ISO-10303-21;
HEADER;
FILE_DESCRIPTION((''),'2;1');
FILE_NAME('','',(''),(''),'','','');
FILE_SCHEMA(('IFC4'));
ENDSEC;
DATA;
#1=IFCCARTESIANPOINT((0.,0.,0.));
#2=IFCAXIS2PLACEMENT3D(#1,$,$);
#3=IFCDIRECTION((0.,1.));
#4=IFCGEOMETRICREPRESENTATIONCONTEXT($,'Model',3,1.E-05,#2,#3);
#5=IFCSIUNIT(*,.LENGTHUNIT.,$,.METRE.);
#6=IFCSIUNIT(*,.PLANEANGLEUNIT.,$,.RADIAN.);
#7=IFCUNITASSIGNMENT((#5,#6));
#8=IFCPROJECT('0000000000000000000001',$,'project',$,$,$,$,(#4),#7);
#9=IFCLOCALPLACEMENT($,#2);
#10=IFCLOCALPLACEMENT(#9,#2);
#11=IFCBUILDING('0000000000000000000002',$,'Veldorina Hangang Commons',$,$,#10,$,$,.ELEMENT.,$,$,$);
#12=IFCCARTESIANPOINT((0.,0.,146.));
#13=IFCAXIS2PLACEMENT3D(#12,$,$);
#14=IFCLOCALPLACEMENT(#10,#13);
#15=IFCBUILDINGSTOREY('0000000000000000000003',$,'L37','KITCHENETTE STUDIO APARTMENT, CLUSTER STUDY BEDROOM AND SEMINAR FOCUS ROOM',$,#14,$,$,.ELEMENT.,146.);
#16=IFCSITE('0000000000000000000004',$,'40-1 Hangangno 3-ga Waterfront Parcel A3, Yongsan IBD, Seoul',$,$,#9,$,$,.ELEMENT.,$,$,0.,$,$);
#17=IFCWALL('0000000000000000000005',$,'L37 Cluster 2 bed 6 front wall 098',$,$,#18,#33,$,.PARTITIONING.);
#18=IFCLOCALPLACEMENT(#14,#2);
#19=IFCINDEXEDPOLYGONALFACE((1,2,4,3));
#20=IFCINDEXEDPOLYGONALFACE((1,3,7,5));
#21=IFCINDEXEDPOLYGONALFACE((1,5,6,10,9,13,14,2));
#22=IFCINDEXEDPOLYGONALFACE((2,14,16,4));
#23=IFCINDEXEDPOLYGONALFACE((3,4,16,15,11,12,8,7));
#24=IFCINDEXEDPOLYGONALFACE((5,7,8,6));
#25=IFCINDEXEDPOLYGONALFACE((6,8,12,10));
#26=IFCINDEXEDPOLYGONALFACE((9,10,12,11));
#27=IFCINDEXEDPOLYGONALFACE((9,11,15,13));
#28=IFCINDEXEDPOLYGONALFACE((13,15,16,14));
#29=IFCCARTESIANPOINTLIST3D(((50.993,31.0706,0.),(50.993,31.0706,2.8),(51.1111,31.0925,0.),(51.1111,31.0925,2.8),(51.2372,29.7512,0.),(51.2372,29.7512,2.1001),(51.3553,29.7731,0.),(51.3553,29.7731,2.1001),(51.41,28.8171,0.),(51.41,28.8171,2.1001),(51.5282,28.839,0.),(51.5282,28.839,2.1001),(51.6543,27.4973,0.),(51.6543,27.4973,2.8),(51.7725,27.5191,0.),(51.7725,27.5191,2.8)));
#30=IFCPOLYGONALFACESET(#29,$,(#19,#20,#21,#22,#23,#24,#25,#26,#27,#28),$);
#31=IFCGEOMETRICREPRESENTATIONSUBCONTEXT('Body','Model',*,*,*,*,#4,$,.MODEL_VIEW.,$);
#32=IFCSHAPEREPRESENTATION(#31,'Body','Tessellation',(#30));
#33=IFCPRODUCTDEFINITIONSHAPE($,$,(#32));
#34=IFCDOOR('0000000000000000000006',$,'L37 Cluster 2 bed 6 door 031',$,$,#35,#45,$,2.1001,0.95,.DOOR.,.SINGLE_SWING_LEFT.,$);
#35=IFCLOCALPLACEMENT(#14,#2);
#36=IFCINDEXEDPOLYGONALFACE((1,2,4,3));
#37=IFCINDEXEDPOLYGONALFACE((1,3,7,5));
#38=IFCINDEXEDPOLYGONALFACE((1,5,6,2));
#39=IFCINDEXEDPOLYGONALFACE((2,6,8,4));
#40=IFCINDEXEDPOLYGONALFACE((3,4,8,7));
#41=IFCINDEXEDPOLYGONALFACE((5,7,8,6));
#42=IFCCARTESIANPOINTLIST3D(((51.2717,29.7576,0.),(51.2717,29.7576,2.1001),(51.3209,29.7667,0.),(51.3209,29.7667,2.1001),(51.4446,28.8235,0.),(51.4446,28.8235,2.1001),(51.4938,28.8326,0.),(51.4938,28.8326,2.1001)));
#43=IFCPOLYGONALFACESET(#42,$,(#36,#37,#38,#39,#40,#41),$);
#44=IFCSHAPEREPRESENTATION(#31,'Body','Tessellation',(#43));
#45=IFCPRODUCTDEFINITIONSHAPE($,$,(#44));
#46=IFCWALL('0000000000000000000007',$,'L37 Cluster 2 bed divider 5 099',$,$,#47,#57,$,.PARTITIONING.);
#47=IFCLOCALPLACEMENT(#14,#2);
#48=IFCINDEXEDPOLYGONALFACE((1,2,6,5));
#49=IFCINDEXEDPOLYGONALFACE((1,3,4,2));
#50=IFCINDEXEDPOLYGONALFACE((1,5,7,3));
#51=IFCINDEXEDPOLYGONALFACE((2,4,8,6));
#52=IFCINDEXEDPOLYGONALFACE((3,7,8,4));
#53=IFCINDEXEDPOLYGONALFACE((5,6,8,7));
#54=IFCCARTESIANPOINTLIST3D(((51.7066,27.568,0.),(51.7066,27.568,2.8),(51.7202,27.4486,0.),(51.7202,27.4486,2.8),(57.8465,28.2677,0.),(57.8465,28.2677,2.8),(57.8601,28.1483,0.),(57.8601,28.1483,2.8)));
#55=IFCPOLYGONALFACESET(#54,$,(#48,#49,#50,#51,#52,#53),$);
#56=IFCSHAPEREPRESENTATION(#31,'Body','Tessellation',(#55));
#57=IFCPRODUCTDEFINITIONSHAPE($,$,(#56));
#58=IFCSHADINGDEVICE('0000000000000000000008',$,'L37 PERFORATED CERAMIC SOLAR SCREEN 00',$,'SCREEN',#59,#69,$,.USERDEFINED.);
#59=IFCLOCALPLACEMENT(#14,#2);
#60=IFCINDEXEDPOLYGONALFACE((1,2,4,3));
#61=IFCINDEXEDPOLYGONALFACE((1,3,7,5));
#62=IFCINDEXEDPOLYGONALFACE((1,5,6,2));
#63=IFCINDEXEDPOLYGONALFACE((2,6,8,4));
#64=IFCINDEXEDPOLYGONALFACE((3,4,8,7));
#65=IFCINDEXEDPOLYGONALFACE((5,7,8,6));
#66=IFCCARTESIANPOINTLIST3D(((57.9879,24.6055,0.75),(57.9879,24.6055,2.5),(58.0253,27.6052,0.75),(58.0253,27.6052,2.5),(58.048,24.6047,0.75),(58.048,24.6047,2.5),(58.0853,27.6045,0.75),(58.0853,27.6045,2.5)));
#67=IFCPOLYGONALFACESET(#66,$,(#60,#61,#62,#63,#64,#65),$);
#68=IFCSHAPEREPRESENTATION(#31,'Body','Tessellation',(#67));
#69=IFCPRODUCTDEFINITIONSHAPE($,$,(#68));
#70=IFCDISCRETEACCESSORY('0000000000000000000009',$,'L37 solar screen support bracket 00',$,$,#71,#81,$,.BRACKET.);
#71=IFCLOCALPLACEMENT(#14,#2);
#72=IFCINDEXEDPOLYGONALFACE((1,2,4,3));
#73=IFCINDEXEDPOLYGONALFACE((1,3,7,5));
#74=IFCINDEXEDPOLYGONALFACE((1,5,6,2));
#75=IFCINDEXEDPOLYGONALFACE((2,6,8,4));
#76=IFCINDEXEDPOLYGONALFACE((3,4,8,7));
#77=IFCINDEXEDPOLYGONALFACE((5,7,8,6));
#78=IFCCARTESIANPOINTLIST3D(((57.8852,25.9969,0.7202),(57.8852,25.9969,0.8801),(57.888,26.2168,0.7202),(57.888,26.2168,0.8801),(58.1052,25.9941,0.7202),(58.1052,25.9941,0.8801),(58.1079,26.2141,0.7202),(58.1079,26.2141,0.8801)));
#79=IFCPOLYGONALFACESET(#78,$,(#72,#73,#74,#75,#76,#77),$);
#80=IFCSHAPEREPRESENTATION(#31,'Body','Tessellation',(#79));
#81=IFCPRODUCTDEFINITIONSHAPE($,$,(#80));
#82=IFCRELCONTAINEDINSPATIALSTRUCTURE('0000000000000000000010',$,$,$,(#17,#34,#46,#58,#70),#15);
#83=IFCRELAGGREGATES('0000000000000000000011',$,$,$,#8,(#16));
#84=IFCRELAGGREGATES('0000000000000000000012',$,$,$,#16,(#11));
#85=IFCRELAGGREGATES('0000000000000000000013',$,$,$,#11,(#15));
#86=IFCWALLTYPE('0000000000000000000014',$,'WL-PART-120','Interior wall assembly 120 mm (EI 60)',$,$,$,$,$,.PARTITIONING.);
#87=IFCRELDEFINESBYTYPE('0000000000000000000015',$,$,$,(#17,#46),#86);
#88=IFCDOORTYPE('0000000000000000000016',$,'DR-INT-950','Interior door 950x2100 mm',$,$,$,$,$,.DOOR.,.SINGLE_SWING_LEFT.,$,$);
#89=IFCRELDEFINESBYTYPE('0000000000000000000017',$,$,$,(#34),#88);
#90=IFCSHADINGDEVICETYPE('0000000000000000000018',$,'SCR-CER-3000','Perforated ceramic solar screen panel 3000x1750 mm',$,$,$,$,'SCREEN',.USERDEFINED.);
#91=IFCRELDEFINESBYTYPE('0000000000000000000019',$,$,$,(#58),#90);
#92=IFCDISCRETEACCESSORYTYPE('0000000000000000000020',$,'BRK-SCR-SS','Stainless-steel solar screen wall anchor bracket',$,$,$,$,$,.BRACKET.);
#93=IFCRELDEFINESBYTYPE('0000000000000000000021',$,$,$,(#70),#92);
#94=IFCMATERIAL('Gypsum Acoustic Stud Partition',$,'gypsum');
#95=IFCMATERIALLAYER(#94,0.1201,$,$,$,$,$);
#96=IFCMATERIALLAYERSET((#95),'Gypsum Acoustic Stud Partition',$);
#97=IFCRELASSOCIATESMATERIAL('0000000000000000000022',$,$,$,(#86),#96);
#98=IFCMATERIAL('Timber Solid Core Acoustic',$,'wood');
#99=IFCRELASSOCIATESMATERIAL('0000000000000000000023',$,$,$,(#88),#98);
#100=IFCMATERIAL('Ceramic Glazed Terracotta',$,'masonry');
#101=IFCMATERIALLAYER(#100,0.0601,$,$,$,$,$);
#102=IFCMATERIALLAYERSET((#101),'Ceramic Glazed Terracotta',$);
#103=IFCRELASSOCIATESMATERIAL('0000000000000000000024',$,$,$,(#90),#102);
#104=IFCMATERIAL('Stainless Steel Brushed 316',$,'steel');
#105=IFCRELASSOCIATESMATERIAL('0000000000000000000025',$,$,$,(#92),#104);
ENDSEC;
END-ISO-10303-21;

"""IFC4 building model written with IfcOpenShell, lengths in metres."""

from ifc_helpers import new_model, si_unit, direction, frame, frame_2d, origin, origin_2d, place, context, subcontext, project, spatial, rectangle, extrude, material, layer, layer_set, type_object, element, fill, save


model = new_model("IFC4")

# Units and contexts
model_context = context("Model", 3, precision=1e-05, world=origin(), true_north=direction((0.0, 1.0)))
body_context = subcontext(model_context, "Body", "Model", "MODEL_VIEW")
ifc_project = project(units=[si_unit("LENGTHUNIT", "METRE"), si_unit("PLANEANGLEUNIT", "RADIAN")], contexts=[model_context])

# Site, building, storey
site_placement = place(None, origin())
site = spatial("IfcSite", under=ifc_project, at=site_placement, Name="40-1 Hangangno 3-ga Waterfront Parcel A3, Yongsan IBD, Seoul", CompositionType="ELEMENT", RefElevation=0.0)
building_placement = place(site_placement, origin())
building = spatial("IfcBuilding", under=site, at=building_placement, Name="Veldorina Hangang Commons", CompositionType="ELEMENT")
storey_placement = place(building_placement, frame((0.0, 0.0, 146.0)))
storey = spatial("IfcBuildingStorey", under=building, at=storey_placement, Name="L37", Description="KITCHENETTE STUDIO APARTMENT, CLUSTER STUDY BEDROOM AND SEMINAR FOCUS ROOM", CompositionType="ELEMENT", Elevation=146.0)

# Shared definitions
ifc_material_1 = material(Name="Gypsum Acoustic Stud Partition", Category="gypsum")
ifc_layer_1 = layer(ifc_material_1, 0.1201)
ifc_layer_set_1 = layer_set([ifc_layer_1], Name="Gypsum Acoustic Stud Partition")
wall_type_1 = type_object("IfcWallType", Name="WL-PART-120", Description="Interior wall assembly 120 mm (EI 60)", PredefinedType="PARTITIONING", material=ifc_layer_set_1)
ifc_material_2 = material(Name="Timber Solid Core Acoustic", Category="wood")
door_type = type_object("IfcDoorType", Name="DR-INT-950", Description="Interior door 950x2100 mm", OperationType="SINGLE_SWING_LEFT", PredefinedType="DOOR", material=ifc_material_2)

# Wall, opening, door
wall_1_placement = place(storey_placement, frame((51.7134, 27.5083, 0.0), z_axis=(0.0, 0.0, 1.0), x_axis=(-0.182, 0.983298, 0.0)))
wall_1 = element("IfcWall", 1, at=wall_1_placement, inside=storey, type_object=wall_type_1, Name="L37 Cluster 2 bed 6 front wall 098", PredefinedType="PARTITIONING", context=body_context, shape_type="SweptSolid", body=[
    extrude(rectangle(XDim=3.634, YDim=0.1201, at=frame_2d((1.8169, 0.0))), origin(), (0.0, 0.0, 1.0), 2.8),
])
opening_1_placement = place(wall_1_placement, frame((1.342, 0.0, 0.0)))
opening_1 = element("IfcOpeningElement", 2, at=opening_1_placement, cuts=wall_1, PredefinedType="OPENING", context=body_context, shape_type="SweptSolid", body=[
    extrude(rectangle(XDim=0.95, YDim=2.1001, at=frame_2d((0.4751, 1.05))), frame((0.0, 0.0701, 0.0), z_axis=(0.0, -1.0, 0.0), x_axis=(1.0, 0.0, 0.0)), (0.0, 0.0, 1.0), 0.1401),
])
door_1_placement = place(opening_1_placement, origin())
door_1 = element("IfcDoor", 3, at=door_1_placement, inside=storey, type_object=door_type, Name="L37 Cluster 2 bed 6 door 031", OperationType="SINGLE_SWING_LEFT", OverallHeight=2.1001, OverallWidth=0.95, PredefinedType="DOOR", context=body_context, shape_type="SweptSolid", body=[
    extrude(rectangle(XDim=0.95, YDim=2.1001, at=frame_2d((0.4751, 1.05))), frame((0.0, 0.0249, 0.0), z_axis=(0.0, -1.0, 0.0), x_axis=(1.0, 0.0, 0.0)), (0.0, 0.0, 1.0), 0.05),
])
fill(opening_1, door_1)

# Wall
wall_2_placement = place(storey_placement, frame((51.7134, 27.5083, 0.0), z_axis=(0.0, 0.0, 1.0), x_axis=(0.993569, 0.113228, 0.0)))
element("IfcWall", 4, at=wall_2_placement, inside=storey, type_object=wall_type_1, Name="L37 Cluster 2 bed divider 5 099", PredefinedType="PARTITIONING", context=body_context, shape_type="SweptSolid", body=[
    extrude(rectangle(XDim=6.1797, YDim=0.1201, at=frame_2d((3.0898, 0.0))), origin(), (0.0, 0.0, 1.0), 2.8),
])

# Shading device
ifc_material_3 = material(Name="Ceramic Glazed Terracotta", Category="masonry")
ifc_layer_2 = layer(ifc_material_3, 0.0601)
ifc_layer_set_2 = layer_set([ifc_layer_2], Name="Ceramic Glazed Terracotta")
shading_device_type = type_object("IfcShadingDeviceType", Name="SCR-CER-3000", Description="Perforated ceramic solar screen panel 3000x1750 mm", ElementType="SCREEN", PredefinedType="USERDEFINED", material=ifc_layer_set_2)
shading_device_placement = place(storey_placement, frame((58.0366, 26.105, 0.75), z_axis=(0.0, 0.0, 1.0), x_axis=(0.012461, 0.999922, 0.0)))
element("IfcShadingDevice", 5, at=shading_device_placement, inside=storey, type_object=shading_device_type, Name="L37 PERFORATED CERAMIC SOLAR SCREEN 00", ObjectType="SCREEN", PredefinedType="USERDEFINED", context=body_context, shape_type="SweptSolid", body=[
    extrude(rectangle(XDim=3.0, YDim=0.0601, at=origin_2d()), origin(), (0.0, 0.0, 1.0), 1.75),
])

# Discrete accessory
ifc_material_4 = material(Name="Stainless Steel Brushed 316", Category="steel")
discrete_accessory_type = type_object("IfcDiscreteAccessoryType", Name="BRK-SCR-SS", Description="Stainless-steel solar screen wall anchor bracket", PredefinedType="BRACKET", material=ifc_material_4)
discrete_accessory_placement = place(storey_placement, frame((57.9966, 26.1055, 0.7202), z_axis=(0.0, 0.0, 1.0), x_axis=(0.012461, 0.999922, 0.0)))
element("IfcDiscreteAccessory", 6, at=discrete_accessory_placement, inside=storey, type_object=discrete_accessory_type, Name="L37 solar screen support bracket 00", PredefinedType="BRACKET", context=body_context, shape_type="SweptSolid", body=[
    extrude(rectangle(XDim=0.22, YDim=0.22, at=origin_2d()), origin(), (0.0, 0.0, 1.0), 0.1599),
])

save(model, "model.ifc")
